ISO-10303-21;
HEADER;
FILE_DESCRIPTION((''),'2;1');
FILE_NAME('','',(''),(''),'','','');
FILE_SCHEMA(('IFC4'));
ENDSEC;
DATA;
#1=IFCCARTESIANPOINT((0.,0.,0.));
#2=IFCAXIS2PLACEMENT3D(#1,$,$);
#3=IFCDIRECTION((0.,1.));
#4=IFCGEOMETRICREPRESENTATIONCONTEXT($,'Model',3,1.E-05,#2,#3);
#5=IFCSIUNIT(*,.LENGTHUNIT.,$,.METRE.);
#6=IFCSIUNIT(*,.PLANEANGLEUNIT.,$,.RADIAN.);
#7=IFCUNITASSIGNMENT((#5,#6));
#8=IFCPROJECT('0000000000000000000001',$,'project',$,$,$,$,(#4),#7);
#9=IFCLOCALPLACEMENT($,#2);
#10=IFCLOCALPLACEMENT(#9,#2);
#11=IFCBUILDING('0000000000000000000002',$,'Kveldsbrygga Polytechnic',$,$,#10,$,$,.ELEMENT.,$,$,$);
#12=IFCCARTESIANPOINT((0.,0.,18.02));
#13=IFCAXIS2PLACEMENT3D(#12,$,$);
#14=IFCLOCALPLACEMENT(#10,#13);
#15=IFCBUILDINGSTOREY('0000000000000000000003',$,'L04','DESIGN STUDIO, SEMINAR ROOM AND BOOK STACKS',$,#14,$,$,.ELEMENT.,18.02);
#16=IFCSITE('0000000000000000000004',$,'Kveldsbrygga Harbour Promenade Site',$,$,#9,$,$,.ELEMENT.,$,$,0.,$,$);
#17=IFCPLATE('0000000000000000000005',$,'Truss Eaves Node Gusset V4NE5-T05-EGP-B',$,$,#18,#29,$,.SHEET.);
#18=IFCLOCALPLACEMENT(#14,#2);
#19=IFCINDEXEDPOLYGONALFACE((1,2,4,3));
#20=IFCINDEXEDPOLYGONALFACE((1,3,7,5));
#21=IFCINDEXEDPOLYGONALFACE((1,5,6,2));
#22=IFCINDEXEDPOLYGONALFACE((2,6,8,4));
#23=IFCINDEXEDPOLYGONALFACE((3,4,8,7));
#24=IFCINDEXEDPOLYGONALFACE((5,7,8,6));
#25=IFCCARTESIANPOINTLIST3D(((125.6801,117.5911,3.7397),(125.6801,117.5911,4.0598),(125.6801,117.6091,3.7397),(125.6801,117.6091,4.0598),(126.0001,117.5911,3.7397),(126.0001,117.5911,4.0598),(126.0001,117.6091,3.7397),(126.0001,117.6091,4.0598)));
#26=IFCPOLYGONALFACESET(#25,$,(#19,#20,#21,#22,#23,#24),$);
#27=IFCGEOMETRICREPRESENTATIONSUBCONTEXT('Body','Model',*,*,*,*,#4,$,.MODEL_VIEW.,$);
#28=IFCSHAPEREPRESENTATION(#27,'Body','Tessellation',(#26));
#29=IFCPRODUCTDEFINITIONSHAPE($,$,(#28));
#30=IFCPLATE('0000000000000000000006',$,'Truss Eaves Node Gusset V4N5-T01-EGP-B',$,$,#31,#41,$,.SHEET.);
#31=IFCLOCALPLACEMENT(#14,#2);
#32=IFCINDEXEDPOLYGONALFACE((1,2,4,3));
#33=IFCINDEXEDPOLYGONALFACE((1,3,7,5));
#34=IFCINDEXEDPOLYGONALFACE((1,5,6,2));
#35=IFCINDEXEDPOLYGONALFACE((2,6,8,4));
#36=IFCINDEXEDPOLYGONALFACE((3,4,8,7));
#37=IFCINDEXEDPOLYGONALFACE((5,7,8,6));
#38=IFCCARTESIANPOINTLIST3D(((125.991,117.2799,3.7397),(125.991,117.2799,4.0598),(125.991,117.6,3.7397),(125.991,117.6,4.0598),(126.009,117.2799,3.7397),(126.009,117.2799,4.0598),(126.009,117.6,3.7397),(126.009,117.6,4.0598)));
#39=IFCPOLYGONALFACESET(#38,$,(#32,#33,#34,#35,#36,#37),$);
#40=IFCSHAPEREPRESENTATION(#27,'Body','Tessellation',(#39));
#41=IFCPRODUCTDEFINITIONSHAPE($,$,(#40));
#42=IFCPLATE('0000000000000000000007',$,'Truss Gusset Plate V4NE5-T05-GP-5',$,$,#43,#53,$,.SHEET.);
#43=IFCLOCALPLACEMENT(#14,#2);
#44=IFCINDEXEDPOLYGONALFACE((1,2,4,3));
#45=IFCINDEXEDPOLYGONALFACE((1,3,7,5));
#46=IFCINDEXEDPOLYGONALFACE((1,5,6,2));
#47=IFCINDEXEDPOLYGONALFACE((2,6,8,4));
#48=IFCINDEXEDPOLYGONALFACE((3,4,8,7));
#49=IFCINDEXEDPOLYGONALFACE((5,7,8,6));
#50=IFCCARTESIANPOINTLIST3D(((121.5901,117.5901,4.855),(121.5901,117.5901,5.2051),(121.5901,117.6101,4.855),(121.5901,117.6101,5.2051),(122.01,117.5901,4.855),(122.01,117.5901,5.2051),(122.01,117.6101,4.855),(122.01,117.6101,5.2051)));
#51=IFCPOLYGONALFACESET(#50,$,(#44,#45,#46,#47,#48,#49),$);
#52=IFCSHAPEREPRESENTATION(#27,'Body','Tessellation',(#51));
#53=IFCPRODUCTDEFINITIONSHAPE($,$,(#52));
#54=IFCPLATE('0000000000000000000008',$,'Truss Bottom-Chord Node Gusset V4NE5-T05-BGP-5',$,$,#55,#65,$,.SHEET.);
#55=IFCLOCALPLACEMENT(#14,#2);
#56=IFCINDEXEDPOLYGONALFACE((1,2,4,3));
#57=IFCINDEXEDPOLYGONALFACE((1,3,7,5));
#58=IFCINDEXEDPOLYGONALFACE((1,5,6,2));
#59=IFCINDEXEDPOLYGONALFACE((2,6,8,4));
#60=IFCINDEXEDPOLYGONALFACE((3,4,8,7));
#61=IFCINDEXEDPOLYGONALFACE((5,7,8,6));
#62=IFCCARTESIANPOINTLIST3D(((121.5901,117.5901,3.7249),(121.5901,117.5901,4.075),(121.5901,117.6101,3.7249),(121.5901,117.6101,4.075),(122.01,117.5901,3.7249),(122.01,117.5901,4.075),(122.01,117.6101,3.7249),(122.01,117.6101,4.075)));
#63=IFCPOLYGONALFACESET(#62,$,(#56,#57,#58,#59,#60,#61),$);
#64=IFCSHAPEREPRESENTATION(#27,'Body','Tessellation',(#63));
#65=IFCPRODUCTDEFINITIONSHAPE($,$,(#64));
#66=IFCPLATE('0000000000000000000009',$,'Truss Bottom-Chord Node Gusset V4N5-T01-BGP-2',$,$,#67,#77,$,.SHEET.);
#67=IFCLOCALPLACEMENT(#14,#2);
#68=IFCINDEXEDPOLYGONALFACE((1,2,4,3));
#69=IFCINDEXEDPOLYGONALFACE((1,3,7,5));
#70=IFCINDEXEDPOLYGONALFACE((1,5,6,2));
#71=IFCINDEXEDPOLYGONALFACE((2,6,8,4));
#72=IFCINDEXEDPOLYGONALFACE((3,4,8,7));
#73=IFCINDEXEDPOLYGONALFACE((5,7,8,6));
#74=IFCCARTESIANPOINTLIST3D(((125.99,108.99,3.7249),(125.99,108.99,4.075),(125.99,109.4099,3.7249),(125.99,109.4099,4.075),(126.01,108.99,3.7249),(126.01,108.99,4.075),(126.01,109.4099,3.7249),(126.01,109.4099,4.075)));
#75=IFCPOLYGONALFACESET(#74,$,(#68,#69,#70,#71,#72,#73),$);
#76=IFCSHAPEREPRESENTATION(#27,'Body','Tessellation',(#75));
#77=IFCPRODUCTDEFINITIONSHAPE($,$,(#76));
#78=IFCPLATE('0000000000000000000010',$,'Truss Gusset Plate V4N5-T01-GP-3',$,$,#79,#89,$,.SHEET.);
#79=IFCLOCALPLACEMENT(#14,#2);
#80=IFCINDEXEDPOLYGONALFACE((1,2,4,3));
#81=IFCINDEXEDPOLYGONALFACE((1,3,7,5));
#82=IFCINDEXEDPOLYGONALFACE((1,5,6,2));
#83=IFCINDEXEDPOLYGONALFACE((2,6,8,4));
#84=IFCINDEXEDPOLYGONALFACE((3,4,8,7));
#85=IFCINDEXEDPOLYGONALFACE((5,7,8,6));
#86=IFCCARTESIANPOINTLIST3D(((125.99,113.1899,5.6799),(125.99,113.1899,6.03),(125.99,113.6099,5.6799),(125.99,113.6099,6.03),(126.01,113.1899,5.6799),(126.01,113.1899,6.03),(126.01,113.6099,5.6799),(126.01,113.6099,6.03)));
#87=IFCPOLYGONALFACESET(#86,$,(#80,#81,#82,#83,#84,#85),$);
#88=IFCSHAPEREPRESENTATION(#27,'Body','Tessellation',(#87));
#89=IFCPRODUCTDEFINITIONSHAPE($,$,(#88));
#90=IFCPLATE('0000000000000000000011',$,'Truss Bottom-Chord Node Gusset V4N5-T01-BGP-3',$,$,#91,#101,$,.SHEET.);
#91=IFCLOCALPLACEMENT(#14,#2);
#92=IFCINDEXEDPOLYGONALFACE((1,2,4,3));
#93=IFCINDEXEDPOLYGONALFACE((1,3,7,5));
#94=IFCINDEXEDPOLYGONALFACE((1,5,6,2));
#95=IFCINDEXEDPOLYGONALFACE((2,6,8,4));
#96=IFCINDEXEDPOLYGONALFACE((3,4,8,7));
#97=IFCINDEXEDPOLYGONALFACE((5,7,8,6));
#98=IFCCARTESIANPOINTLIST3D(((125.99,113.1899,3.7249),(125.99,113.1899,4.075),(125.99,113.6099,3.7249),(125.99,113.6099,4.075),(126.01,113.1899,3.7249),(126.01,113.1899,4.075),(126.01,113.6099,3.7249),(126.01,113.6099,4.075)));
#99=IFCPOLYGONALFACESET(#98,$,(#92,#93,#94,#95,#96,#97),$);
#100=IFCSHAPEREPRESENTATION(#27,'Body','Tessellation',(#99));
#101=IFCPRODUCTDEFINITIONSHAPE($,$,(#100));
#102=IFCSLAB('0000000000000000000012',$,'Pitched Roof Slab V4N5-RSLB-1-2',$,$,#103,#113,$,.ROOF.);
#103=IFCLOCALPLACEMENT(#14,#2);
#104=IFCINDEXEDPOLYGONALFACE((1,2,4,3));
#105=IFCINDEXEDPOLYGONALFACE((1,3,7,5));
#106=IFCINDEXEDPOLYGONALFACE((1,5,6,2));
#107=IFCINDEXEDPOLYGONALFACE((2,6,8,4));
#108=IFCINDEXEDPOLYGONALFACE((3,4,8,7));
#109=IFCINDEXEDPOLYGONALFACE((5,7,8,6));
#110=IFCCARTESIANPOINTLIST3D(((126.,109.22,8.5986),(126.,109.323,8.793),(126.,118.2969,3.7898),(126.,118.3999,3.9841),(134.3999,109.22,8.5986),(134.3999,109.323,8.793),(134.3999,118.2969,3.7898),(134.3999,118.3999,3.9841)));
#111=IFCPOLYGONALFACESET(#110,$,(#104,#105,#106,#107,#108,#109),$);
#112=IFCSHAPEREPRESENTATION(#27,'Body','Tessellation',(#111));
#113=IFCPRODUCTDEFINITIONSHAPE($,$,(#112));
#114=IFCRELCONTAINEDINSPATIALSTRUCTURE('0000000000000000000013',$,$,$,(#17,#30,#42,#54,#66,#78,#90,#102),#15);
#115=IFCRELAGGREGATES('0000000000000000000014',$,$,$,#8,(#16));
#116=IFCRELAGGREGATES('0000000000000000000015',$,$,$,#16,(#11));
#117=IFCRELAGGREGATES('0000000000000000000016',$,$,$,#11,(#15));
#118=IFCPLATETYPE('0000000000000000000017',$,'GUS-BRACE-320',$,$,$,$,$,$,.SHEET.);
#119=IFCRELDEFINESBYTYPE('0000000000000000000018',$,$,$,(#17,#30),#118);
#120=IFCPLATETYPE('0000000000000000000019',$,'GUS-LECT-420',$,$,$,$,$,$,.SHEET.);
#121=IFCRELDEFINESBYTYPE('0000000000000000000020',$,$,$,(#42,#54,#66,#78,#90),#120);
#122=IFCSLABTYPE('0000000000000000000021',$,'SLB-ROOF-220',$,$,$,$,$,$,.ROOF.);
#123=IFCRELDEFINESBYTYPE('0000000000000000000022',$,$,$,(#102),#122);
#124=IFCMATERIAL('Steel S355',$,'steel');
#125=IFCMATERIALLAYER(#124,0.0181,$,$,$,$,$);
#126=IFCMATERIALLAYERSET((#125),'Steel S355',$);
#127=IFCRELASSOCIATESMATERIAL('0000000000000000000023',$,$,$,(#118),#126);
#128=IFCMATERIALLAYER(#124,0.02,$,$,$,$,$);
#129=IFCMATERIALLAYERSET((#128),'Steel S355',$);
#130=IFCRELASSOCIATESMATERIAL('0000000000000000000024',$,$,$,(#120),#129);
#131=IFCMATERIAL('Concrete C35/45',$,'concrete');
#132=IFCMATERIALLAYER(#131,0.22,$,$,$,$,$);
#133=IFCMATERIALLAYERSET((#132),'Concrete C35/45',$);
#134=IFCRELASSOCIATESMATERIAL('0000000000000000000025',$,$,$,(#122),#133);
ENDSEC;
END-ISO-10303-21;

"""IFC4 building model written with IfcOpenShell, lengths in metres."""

from ifc_helpers import new_model, si_unit, direction, frame, origin, origin_2d, place, context, subcontext, project, spatial, polyline, rectangle, outline, extrude, material, layer, layer_set, type_object, element, save


model = new_model("IFC4")

# Units and contexts
model_context = context("Model", 3, precision=1e-05, world=origin(), true_north=direction((0.0, 1.0)))
body_context = subcontext(model_context, "Body", "Model", "MODEL_VIEW")
ifc_project = project(units=[si_unit("LENGTHUNIT", "METRE"), si_unit("PLANEANGLEUNIT", "RADIAN")], contexts=[model_context])

# Site, building, storey
site_placement = place(None, origin())
site = spatial("IfcSite", under=ifc_project, at=site_placement, Name="Kveldsbrygga Harbour Promenade Site", CompositionType="ELEMENT", RefElevation=0.0)
building_placement = place(site_placement, origin())
building = spatial("IfcBuilding", under=site, at=building_placement, Name="Kveldsbrygga Polytechnic", CompositionType="ELEMENT")
storey_placement = place(building_placement, frame((0.0, 0.0, 18.02)))
storey = spatial("IfcBuildingStorey", under=building, at=storey_placement, Name="L04", Description="DESIGN STUDIO, SEMINAR ROOM AND BOOK STACKS", CompositionType="ELEMENT", Elevation=18.02)

# Shared definitions
ifc_material_1 = material(Name="Steel S355", Category="steel")

# Plates
ifc_layer_1 = layer(ifc_material_1, 0.0181)
ifc_layer_set_1 = layer_set([ifc_layer_1], Name="Steel S355")
plate_type_1 = type_object("IfcPlateType", Name="GUS-BRACE-320", PredefinedType="SHEET", material=ifc_layer_set_1)
plate_1_placement = place(storey_placement, frame((125.8401, 117.6001, 3.7397), z_axis=(0.0, 0.0, 1.0), x_axis=(1.0, 0.0, 0.0)))
element("IfcPlate", 1, at=plate_1_placement, inside=storey, type_object=plate_type_1, Name="Truss Eaves Node Gusset V4NE5-T05-EGP-B", PredefinedType="SHEET", context=body_context, shape_type="SweptSolid", body=[
    extrude(rectangle(XDim=0.3201, YDim=0.0181, at=origin_2d()), origin(), (0.0, 0.0, 1.0), 0.3201),
])
plate_2_placement = place(storey_placement, frame((126.0, 117.4399, 3.7397), z_axis=(0.0, 0.0, 1.0), x_axis=(1.0, 0.0, 0.0)))
element("IfcPlate", 2, at=plate_2_placement, inside=storey, type_object=plate_type_1, Name="Truss Eaves Node Gusset V4N5-T01-EGP-B", PredefinedType="SHEET", context=body_context, shape_type="SweptSolid", body=[
    extrude(rectangle(XDim=0.0181, YDim=0.3201, at=origin_2d()), origin(), (0.0, 0.0, 1.0), 0.3201),
])
ifc_layer_2 = layer(ifc_material_1, 0.02)
ifc_layer_set_2 = layer_set([ifc_layer_2], Name="Steel S355")
plate_type_2 = type_object("IfcPlateType", Name="GUS-LECT-420", PredefinedType="SHEET", material=ifc_layer_set_2)
for number, where, z_axis, x_axis, name in (
    (3, (121.8, 117.6001, 4.855), (0.0, 0.0, 1.0), (1.0, 0.0, 0.0), "Truss Gusset Plate V4NE5-T05-GP-5"),
    (4, (121.8, 117.6001, 3.7249), (0.0, 0.0, 1.0), (1.0, 0.0, 0.0), "Truss Bottom-Chord Node Gusset V4NE5-T05-BGP-5"),
):
    element("IfcPlate", number, at=place(storey_placement, frame(where, z_axis=z_axis, x_axis=x_axis)), inside=storey, type_object=plate_type_2, Name=name, PredefinedType="SHEET", context=body_context, shape_type="SweptSolid", body=[
        extrude(rectangle(XDim=0.4199, YDim=0.02, at=origin_2d()), origin(), (0.0, 0.0, 1.0), 0.3501),
    ])
for number, where, z_axis, x_axis, name in (
    (5, (126.0, 109.2, 3.7249), (0.0, 0.0, 1.0), (1.0, 0.0, 0.0), "Truss Bottom-Chord Node Gusset V4N5-T01-BGP-2"),
    (6, (126.0, 113.3999, 5.6799), (0.0, 0.0, 1.0), (1.0, 0.0, 0.0), "Truss Gusset Plate V4N5-T01-GP-3"),
    (7, (126.0, 113.3999, 3.7249), (0.0, 0.0, 1.0), (1.0, 0.0, 0.0), "Truss Bottom-Chord Node Gusset V4N5-T01-BGP-3"),
):
    element("IfcPlate", number, at=place(storey_placement, frame(where, z_axis=z_axis, x_axis=x_axis)), inside=storey, type_object=plate_type_2, Name=name, PredefinedType="SHEET", context=body_context, shape_type="SweptSolid", body=[
        extrude(rectangle(XDim=0.02, YDim=0.4199, at=origin_2d()), origin(), (0.0, 0.0, 1.0), 0.3501),
    ])

# Slab
ifc_material_2 = material(Name="Concrete C35/45", Category="concrete")
ifc_layer_3 = layer(ifc_material_2, 0.22)
ifc_layer_set_3 = layer_set([ifc_layer_3], Name="Concrete C35/45")
slab_type = type_object("IfcSlabType", Name="SLB-ROOF-220", PredefinedType="ROOF", material=ifc_layer_set_3)
slab_placement = place(storey_placement, frame((126.0, 109.323, 8.793), z_axis=(0.0, 0.468148, 0.88365), x_axis=(1.0, 0.0, 0.0)))
element("IfcSlab", 8, at=slab_placement, inside=storey, type_object=slab_type, Name="Pitched Roof Slab V4N5-RSLB-1-2", PredefinedType="ROOF", context=body_context, shape_type="SweptSolid", body=[
    extrude(outline(polyline([(0.0, 0.0), (8.3999, 0.0), (8.3999, 10.2721), (0.0, 10.2721), (0.0, 0.0)])), origin(), (0.0, 0.0, -1.0), 0.22),
])

save(model, "model.ifc")
